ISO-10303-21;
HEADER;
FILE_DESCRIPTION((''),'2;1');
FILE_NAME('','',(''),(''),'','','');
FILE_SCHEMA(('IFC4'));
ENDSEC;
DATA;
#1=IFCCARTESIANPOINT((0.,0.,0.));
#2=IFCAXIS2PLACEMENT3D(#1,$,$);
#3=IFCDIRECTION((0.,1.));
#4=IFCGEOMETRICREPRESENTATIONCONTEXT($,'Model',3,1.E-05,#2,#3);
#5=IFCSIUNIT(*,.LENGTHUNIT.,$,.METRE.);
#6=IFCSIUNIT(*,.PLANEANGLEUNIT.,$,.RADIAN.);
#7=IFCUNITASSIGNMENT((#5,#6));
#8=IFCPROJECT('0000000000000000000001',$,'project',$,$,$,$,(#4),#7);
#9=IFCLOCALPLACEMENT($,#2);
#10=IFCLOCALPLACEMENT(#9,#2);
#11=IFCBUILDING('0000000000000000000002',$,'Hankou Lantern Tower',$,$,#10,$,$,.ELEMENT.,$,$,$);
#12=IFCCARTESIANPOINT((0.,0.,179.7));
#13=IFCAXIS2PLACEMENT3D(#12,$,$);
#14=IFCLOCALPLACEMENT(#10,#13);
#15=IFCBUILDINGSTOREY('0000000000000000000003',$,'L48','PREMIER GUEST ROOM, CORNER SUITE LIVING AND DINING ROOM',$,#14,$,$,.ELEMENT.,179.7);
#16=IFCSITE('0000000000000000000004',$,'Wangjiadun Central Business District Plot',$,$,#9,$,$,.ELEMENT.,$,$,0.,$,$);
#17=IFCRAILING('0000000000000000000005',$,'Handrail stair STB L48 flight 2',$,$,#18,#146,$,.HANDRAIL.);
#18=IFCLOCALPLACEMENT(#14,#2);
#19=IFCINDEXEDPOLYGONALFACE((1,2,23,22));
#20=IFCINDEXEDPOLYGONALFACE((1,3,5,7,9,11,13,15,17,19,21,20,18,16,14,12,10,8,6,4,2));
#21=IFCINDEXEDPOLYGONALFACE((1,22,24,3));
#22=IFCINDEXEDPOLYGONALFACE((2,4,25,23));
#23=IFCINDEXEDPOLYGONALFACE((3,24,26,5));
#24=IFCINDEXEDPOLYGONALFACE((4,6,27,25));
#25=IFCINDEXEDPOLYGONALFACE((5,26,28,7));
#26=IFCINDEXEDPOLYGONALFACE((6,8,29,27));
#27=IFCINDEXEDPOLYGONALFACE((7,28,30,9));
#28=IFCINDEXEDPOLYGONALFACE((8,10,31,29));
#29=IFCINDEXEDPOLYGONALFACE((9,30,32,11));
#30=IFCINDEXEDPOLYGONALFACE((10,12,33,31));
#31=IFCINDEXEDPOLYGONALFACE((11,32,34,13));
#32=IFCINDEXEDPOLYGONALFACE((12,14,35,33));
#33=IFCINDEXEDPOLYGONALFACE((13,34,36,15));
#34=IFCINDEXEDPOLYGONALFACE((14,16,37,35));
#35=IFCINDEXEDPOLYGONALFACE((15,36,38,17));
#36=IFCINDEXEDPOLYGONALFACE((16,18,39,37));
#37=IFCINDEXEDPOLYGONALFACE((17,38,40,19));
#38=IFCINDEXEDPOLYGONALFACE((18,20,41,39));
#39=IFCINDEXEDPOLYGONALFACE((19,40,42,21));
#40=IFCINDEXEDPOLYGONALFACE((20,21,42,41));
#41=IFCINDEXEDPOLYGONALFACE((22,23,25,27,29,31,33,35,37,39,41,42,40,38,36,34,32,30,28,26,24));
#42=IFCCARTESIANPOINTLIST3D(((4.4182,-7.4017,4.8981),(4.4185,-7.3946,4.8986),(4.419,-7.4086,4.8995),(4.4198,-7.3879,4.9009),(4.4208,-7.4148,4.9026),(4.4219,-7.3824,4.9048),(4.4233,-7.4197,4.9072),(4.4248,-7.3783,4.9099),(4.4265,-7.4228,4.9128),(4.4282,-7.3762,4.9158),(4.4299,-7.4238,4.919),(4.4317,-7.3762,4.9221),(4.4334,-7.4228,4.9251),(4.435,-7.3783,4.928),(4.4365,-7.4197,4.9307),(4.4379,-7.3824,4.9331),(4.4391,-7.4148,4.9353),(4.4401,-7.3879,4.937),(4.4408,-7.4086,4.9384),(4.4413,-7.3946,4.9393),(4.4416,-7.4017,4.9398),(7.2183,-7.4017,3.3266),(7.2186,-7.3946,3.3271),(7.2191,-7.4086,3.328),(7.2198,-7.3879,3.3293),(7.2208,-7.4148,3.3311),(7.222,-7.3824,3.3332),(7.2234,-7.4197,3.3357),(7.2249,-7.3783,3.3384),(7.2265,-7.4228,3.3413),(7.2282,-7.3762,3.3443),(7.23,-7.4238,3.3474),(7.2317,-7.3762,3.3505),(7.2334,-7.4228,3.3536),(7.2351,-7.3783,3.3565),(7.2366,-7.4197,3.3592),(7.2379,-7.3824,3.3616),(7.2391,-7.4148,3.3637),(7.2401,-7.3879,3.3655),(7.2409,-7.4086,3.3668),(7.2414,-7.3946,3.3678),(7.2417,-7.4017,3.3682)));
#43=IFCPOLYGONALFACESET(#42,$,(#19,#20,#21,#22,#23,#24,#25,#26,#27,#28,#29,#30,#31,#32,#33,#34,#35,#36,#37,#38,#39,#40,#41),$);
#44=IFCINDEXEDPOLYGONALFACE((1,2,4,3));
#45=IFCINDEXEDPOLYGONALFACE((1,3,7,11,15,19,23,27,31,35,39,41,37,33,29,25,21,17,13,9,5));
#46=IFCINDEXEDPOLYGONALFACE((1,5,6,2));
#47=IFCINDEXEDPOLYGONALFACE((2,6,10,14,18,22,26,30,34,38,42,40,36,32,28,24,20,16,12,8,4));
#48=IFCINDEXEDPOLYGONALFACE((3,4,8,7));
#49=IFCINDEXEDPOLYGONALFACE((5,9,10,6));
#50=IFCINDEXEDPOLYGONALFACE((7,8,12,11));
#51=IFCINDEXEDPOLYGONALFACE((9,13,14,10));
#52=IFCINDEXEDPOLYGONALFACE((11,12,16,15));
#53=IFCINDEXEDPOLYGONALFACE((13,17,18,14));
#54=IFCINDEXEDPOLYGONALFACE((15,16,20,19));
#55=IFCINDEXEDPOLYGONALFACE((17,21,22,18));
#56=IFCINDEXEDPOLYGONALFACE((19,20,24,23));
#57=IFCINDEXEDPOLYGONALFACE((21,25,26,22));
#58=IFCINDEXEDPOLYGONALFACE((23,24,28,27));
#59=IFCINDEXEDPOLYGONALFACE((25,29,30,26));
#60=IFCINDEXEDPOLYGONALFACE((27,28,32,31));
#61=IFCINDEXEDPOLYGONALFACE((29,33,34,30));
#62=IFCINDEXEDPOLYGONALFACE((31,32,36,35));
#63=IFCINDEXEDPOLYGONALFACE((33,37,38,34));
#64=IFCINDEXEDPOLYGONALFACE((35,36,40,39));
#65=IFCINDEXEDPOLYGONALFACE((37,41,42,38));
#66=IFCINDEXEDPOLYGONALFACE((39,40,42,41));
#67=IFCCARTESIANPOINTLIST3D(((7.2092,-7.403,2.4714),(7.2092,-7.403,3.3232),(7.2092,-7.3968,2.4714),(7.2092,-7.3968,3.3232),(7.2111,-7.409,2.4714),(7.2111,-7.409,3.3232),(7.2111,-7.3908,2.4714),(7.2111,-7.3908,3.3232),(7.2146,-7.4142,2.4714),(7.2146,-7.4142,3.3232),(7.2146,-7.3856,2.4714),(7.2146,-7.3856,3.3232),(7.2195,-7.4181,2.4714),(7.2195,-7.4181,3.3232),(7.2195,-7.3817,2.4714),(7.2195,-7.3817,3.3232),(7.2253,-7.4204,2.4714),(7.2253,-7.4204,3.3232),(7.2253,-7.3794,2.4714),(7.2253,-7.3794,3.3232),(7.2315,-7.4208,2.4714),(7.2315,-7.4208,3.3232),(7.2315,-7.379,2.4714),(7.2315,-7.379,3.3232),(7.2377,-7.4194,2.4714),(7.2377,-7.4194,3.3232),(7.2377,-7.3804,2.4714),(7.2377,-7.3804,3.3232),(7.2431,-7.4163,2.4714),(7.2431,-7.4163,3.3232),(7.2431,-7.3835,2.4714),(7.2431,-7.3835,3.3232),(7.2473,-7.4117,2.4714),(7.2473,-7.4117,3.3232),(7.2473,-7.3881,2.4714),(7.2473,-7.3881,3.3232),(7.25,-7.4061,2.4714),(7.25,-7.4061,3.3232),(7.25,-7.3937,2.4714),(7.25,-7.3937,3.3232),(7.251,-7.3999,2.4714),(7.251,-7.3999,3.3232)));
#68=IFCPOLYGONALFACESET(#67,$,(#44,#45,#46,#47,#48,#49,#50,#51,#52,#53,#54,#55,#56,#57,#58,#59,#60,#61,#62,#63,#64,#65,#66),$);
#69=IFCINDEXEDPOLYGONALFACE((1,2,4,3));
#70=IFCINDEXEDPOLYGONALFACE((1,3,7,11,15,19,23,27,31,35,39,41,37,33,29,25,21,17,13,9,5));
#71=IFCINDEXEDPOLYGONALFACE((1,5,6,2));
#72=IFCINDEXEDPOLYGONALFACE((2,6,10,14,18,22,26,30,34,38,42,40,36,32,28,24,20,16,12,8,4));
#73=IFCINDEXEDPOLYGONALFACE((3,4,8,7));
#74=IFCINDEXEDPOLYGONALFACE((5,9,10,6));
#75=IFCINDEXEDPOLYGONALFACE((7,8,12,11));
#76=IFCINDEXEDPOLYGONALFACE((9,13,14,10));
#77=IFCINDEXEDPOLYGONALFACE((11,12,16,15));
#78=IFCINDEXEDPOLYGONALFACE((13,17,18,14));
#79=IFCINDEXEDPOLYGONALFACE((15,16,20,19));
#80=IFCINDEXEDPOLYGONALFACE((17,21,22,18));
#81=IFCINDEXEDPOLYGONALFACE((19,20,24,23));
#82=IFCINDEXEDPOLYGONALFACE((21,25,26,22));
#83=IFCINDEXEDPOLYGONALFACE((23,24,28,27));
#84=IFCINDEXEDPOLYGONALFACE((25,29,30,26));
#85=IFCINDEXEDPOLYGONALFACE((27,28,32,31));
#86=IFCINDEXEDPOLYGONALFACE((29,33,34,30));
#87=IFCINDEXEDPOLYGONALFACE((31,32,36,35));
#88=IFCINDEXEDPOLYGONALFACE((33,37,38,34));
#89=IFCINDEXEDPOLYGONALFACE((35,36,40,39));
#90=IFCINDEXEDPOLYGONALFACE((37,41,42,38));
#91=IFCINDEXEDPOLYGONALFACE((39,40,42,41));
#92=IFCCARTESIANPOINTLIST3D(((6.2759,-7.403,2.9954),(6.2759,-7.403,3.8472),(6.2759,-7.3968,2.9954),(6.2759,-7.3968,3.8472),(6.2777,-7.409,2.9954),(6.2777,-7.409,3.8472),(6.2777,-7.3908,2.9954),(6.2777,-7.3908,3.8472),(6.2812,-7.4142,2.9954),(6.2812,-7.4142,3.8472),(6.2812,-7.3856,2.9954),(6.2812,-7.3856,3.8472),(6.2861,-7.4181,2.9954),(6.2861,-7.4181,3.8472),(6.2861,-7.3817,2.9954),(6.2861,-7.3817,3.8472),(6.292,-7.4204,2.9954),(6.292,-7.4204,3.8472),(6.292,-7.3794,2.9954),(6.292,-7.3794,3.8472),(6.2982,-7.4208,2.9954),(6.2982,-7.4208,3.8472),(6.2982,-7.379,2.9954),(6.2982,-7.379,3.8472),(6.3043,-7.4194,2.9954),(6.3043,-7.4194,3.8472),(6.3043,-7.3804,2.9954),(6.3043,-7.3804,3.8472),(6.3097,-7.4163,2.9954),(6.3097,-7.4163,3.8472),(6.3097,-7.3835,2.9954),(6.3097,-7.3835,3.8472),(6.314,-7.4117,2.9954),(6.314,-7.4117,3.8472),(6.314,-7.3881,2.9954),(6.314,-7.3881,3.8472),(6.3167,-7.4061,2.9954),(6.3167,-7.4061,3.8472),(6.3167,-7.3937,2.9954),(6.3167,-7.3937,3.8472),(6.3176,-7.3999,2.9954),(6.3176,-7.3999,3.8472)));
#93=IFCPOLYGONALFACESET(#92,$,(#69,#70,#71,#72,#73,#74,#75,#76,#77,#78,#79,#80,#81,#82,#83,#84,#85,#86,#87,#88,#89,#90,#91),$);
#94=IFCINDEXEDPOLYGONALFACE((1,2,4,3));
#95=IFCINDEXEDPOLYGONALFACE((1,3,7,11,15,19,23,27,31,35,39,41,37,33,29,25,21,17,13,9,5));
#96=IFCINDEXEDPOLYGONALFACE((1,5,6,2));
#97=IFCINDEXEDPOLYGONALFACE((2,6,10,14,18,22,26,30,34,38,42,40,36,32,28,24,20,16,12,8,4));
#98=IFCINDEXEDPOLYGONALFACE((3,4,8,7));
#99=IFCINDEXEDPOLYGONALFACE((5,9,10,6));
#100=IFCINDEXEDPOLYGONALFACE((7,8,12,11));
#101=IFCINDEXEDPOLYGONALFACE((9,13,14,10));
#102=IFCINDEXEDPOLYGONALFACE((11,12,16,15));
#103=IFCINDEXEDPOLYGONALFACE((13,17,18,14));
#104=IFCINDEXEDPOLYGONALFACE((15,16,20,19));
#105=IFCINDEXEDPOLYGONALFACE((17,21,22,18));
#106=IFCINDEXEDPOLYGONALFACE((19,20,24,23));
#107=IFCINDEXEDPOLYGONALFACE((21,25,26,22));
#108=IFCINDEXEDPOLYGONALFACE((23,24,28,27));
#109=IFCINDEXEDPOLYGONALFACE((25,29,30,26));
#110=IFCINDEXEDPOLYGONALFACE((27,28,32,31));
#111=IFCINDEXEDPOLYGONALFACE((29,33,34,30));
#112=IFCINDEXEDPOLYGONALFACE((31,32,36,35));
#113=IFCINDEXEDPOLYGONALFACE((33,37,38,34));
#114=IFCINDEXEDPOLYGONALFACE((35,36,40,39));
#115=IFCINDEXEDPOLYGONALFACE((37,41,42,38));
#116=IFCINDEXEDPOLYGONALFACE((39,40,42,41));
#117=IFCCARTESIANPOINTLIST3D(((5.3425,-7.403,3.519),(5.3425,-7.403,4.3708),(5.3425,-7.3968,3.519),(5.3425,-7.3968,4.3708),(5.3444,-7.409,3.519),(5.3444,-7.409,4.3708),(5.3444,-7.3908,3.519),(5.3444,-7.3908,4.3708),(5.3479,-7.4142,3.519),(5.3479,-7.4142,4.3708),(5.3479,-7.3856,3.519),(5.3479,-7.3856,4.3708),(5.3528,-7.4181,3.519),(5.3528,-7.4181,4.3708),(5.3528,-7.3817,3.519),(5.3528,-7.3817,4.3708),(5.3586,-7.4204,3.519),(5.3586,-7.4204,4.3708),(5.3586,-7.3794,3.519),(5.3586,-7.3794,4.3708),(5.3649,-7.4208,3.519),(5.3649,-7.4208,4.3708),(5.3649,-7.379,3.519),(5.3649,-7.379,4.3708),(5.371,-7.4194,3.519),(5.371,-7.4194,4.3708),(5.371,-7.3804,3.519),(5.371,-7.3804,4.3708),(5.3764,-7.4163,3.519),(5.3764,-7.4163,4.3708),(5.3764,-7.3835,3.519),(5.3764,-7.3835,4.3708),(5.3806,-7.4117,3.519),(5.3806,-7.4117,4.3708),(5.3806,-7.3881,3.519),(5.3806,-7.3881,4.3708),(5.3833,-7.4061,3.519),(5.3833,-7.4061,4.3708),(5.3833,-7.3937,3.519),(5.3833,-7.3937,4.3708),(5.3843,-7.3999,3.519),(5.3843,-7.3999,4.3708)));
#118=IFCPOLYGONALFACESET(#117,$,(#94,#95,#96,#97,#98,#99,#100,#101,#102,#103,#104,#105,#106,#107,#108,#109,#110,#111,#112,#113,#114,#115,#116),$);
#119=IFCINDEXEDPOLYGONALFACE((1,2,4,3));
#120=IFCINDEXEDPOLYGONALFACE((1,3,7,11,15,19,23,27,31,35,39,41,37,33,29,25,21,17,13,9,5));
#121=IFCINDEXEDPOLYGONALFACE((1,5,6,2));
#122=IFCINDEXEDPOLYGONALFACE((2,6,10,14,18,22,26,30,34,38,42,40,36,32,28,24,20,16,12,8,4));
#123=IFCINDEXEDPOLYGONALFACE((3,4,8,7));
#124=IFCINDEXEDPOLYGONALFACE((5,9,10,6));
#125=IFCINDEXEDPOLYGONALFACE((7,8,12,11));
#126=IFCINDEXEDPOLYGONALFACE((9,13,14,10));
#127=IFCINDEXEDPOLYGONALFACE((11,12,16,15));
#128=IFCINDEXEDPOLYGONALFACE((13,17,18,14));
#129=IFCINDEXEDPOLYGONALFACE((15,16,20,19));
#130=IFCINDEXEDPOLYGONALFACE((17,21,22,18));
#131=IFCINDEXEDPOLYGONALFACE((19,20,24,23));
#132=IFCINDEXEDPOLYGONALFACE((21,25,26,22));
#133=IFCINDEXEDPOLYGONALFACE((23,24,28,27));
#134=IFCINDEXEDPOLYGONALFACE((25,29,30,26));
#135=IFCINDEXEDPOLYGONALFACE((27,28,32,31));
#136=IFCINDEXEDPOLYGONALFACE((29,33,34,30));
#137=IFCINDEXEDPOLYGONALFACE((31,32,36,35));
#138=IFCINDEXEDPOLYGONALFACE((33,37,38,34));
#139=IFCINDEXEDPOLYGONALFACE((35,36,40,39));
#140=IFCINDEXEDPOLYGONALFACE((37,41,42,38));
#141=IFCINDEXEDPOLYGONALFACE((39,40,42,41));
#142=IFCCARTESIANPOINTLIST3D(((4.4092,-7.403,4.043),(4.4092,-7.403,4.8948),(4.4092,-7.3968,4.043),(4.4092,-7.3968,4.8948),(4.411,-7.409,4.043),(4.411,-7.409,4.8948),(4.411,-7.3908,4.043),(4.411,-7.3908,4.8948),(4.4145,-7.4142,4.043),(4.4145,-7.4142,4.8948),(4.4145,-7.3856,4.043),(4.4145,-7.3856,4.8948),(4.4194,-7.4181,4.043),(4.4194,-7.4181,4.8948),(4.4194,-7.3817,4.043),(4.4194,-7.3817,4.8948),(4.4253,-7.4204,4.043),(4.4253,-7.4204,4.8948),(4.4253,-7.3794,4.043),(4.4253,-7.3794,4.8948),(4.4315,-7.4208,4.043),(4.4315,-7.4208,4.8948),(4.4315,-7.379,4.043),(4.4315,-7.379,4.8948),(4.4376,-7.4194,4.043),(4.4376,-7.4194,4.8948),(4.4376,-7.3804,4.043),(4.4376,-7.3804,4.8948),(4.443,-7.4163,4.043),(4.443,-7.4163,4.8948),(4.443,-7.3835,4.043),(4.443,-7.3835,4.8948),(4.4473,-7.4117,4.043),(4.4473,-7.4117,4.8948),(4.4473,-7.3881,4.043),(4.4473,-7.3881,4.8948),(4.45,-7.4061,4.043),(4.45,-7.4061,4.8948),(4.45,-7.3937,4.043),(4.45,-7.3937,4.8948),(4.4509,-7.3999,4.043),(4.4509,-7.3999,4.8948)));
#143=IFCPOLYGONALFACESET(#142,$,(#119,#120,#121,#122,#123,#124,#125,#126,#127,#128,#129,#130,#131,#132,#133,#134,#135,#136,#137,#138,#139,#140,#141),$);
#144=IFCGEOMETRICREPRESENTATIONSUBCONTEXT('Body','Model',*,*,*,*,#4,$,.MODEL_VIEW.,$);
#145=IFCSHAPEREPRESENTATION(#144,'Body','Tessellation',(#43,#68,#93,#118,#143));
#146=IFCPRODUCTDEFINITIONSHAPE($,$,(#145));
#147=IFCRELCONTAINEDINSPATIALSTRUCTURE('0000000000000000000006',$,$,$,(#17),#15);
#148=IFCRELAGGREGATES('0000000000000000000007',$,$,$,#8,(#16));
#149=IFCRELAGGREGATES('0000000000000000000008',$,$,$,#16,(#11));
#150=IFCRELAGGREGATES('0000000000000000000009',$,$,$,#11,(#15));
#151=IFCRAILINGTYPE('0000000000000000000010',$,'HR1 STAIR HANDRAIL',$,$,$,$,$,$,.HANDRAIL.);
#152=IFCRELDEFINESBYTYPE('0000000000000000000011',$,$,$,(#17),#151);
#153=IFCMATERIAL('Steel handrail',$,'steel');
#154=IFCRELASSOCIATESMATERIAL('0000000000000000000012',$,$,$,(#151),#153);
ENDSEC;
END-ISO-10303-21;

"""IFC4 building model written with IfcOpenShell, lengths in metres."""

from ifc_helpers import new_model, si_unit, direction, frame, origin, origin_2d, place, context, subcontext, project, spatial, circle, extrude, material, type_object, element, save


model = new_model("IFC4")

# Units and contexts
model_context = context("Model", 3, precision=1e-05, world=origin(), true_north=direction((0.0, 1.0)))
body_context = subcontext(model_context, "Body", "Model", "MODEL_VIEW")
ifc_project = project(units=[si_unit("LENGTHUNIT", "METRE"), si_unit("PLANEANGLEUNIT", "RADIAN")], contexts=[model_context])

# Site, building, storey
site_placement = place(None, origin())
site = spatial("IfcSite", under=ifc_project, at=site_placement, Name="Wangjiadun Central Business District Plot", CompositionType="ELEMENT", RefElevation=0.0)
building_placement = place(site_placement, origin())
building = spatial("IfcBuilding", under=site, at=building_placement, Name="Hankou Lantern Tower", CompositionType="ELEMENT")
storey_placement = place(building_placement, frame((0.0, 0.0, 179.7)))
storey = spatial("IfcBuildingStorey", under=building, at=storey_placement, Name="L48", Description="PREMIER GUEST ROOM, CORNER SUITE LIVING AND DINING ROOM", CompositionType="ELEMENT", Elevation=179.7)

# Railing
ifc_material_1 = material(Name="Steel handrail", Category="steel")
railing_type = type_object("IfcRailingType", Name="HR1 STAIR HANDRAIL", PredefinedType="HANDRAIL", material=ifc_material_1)
railing_1_placement = place(storey_placement, frame((7.23, -7.3999, 2.4714)))
element("IfcRailing", 1, at=railing_1_placement, inside=storey, type_object=railing_type, Name="Handrail stair STB L48 flight 2", PredefinedType="HANDRAIL", context=body_context, shape_type="SweptSolid", body=[
    extrude(circle(Radius=0.0239, at=origin_2d()), frame((0.0, 0.0, 0.876), z_axis=(-0.87204, 0.0, 0.489434), x_axis=(0.0, -1.0, 0.0)), (0.0, 0.0, 1.0), 3.2109),
    extrude(circle(Radius=0.021, at=origin_2d()), origin(), (0.0, 0.0, 1.0), 0.8518),
    extrude(circle(Radius=0.021, at=origin_2d()), frame((-0.9333, 0.0, 0.5239)), (0.0, 0.0, 1.0), 0.8518),
    extrude(circle(Radius=0.021, at=origin_2d()), frame((-1.8667, 0.0, 1.0476)), (0.0, 0.0, 1.0), 0.8518),
    extrude(circle(Radius=0.021, at=origin_2d()), frame((-2.8, 0.0, 1.5715)), (0.0, 0.0, 1.0), 0.8518),
])

save(model, "model.ifc")
